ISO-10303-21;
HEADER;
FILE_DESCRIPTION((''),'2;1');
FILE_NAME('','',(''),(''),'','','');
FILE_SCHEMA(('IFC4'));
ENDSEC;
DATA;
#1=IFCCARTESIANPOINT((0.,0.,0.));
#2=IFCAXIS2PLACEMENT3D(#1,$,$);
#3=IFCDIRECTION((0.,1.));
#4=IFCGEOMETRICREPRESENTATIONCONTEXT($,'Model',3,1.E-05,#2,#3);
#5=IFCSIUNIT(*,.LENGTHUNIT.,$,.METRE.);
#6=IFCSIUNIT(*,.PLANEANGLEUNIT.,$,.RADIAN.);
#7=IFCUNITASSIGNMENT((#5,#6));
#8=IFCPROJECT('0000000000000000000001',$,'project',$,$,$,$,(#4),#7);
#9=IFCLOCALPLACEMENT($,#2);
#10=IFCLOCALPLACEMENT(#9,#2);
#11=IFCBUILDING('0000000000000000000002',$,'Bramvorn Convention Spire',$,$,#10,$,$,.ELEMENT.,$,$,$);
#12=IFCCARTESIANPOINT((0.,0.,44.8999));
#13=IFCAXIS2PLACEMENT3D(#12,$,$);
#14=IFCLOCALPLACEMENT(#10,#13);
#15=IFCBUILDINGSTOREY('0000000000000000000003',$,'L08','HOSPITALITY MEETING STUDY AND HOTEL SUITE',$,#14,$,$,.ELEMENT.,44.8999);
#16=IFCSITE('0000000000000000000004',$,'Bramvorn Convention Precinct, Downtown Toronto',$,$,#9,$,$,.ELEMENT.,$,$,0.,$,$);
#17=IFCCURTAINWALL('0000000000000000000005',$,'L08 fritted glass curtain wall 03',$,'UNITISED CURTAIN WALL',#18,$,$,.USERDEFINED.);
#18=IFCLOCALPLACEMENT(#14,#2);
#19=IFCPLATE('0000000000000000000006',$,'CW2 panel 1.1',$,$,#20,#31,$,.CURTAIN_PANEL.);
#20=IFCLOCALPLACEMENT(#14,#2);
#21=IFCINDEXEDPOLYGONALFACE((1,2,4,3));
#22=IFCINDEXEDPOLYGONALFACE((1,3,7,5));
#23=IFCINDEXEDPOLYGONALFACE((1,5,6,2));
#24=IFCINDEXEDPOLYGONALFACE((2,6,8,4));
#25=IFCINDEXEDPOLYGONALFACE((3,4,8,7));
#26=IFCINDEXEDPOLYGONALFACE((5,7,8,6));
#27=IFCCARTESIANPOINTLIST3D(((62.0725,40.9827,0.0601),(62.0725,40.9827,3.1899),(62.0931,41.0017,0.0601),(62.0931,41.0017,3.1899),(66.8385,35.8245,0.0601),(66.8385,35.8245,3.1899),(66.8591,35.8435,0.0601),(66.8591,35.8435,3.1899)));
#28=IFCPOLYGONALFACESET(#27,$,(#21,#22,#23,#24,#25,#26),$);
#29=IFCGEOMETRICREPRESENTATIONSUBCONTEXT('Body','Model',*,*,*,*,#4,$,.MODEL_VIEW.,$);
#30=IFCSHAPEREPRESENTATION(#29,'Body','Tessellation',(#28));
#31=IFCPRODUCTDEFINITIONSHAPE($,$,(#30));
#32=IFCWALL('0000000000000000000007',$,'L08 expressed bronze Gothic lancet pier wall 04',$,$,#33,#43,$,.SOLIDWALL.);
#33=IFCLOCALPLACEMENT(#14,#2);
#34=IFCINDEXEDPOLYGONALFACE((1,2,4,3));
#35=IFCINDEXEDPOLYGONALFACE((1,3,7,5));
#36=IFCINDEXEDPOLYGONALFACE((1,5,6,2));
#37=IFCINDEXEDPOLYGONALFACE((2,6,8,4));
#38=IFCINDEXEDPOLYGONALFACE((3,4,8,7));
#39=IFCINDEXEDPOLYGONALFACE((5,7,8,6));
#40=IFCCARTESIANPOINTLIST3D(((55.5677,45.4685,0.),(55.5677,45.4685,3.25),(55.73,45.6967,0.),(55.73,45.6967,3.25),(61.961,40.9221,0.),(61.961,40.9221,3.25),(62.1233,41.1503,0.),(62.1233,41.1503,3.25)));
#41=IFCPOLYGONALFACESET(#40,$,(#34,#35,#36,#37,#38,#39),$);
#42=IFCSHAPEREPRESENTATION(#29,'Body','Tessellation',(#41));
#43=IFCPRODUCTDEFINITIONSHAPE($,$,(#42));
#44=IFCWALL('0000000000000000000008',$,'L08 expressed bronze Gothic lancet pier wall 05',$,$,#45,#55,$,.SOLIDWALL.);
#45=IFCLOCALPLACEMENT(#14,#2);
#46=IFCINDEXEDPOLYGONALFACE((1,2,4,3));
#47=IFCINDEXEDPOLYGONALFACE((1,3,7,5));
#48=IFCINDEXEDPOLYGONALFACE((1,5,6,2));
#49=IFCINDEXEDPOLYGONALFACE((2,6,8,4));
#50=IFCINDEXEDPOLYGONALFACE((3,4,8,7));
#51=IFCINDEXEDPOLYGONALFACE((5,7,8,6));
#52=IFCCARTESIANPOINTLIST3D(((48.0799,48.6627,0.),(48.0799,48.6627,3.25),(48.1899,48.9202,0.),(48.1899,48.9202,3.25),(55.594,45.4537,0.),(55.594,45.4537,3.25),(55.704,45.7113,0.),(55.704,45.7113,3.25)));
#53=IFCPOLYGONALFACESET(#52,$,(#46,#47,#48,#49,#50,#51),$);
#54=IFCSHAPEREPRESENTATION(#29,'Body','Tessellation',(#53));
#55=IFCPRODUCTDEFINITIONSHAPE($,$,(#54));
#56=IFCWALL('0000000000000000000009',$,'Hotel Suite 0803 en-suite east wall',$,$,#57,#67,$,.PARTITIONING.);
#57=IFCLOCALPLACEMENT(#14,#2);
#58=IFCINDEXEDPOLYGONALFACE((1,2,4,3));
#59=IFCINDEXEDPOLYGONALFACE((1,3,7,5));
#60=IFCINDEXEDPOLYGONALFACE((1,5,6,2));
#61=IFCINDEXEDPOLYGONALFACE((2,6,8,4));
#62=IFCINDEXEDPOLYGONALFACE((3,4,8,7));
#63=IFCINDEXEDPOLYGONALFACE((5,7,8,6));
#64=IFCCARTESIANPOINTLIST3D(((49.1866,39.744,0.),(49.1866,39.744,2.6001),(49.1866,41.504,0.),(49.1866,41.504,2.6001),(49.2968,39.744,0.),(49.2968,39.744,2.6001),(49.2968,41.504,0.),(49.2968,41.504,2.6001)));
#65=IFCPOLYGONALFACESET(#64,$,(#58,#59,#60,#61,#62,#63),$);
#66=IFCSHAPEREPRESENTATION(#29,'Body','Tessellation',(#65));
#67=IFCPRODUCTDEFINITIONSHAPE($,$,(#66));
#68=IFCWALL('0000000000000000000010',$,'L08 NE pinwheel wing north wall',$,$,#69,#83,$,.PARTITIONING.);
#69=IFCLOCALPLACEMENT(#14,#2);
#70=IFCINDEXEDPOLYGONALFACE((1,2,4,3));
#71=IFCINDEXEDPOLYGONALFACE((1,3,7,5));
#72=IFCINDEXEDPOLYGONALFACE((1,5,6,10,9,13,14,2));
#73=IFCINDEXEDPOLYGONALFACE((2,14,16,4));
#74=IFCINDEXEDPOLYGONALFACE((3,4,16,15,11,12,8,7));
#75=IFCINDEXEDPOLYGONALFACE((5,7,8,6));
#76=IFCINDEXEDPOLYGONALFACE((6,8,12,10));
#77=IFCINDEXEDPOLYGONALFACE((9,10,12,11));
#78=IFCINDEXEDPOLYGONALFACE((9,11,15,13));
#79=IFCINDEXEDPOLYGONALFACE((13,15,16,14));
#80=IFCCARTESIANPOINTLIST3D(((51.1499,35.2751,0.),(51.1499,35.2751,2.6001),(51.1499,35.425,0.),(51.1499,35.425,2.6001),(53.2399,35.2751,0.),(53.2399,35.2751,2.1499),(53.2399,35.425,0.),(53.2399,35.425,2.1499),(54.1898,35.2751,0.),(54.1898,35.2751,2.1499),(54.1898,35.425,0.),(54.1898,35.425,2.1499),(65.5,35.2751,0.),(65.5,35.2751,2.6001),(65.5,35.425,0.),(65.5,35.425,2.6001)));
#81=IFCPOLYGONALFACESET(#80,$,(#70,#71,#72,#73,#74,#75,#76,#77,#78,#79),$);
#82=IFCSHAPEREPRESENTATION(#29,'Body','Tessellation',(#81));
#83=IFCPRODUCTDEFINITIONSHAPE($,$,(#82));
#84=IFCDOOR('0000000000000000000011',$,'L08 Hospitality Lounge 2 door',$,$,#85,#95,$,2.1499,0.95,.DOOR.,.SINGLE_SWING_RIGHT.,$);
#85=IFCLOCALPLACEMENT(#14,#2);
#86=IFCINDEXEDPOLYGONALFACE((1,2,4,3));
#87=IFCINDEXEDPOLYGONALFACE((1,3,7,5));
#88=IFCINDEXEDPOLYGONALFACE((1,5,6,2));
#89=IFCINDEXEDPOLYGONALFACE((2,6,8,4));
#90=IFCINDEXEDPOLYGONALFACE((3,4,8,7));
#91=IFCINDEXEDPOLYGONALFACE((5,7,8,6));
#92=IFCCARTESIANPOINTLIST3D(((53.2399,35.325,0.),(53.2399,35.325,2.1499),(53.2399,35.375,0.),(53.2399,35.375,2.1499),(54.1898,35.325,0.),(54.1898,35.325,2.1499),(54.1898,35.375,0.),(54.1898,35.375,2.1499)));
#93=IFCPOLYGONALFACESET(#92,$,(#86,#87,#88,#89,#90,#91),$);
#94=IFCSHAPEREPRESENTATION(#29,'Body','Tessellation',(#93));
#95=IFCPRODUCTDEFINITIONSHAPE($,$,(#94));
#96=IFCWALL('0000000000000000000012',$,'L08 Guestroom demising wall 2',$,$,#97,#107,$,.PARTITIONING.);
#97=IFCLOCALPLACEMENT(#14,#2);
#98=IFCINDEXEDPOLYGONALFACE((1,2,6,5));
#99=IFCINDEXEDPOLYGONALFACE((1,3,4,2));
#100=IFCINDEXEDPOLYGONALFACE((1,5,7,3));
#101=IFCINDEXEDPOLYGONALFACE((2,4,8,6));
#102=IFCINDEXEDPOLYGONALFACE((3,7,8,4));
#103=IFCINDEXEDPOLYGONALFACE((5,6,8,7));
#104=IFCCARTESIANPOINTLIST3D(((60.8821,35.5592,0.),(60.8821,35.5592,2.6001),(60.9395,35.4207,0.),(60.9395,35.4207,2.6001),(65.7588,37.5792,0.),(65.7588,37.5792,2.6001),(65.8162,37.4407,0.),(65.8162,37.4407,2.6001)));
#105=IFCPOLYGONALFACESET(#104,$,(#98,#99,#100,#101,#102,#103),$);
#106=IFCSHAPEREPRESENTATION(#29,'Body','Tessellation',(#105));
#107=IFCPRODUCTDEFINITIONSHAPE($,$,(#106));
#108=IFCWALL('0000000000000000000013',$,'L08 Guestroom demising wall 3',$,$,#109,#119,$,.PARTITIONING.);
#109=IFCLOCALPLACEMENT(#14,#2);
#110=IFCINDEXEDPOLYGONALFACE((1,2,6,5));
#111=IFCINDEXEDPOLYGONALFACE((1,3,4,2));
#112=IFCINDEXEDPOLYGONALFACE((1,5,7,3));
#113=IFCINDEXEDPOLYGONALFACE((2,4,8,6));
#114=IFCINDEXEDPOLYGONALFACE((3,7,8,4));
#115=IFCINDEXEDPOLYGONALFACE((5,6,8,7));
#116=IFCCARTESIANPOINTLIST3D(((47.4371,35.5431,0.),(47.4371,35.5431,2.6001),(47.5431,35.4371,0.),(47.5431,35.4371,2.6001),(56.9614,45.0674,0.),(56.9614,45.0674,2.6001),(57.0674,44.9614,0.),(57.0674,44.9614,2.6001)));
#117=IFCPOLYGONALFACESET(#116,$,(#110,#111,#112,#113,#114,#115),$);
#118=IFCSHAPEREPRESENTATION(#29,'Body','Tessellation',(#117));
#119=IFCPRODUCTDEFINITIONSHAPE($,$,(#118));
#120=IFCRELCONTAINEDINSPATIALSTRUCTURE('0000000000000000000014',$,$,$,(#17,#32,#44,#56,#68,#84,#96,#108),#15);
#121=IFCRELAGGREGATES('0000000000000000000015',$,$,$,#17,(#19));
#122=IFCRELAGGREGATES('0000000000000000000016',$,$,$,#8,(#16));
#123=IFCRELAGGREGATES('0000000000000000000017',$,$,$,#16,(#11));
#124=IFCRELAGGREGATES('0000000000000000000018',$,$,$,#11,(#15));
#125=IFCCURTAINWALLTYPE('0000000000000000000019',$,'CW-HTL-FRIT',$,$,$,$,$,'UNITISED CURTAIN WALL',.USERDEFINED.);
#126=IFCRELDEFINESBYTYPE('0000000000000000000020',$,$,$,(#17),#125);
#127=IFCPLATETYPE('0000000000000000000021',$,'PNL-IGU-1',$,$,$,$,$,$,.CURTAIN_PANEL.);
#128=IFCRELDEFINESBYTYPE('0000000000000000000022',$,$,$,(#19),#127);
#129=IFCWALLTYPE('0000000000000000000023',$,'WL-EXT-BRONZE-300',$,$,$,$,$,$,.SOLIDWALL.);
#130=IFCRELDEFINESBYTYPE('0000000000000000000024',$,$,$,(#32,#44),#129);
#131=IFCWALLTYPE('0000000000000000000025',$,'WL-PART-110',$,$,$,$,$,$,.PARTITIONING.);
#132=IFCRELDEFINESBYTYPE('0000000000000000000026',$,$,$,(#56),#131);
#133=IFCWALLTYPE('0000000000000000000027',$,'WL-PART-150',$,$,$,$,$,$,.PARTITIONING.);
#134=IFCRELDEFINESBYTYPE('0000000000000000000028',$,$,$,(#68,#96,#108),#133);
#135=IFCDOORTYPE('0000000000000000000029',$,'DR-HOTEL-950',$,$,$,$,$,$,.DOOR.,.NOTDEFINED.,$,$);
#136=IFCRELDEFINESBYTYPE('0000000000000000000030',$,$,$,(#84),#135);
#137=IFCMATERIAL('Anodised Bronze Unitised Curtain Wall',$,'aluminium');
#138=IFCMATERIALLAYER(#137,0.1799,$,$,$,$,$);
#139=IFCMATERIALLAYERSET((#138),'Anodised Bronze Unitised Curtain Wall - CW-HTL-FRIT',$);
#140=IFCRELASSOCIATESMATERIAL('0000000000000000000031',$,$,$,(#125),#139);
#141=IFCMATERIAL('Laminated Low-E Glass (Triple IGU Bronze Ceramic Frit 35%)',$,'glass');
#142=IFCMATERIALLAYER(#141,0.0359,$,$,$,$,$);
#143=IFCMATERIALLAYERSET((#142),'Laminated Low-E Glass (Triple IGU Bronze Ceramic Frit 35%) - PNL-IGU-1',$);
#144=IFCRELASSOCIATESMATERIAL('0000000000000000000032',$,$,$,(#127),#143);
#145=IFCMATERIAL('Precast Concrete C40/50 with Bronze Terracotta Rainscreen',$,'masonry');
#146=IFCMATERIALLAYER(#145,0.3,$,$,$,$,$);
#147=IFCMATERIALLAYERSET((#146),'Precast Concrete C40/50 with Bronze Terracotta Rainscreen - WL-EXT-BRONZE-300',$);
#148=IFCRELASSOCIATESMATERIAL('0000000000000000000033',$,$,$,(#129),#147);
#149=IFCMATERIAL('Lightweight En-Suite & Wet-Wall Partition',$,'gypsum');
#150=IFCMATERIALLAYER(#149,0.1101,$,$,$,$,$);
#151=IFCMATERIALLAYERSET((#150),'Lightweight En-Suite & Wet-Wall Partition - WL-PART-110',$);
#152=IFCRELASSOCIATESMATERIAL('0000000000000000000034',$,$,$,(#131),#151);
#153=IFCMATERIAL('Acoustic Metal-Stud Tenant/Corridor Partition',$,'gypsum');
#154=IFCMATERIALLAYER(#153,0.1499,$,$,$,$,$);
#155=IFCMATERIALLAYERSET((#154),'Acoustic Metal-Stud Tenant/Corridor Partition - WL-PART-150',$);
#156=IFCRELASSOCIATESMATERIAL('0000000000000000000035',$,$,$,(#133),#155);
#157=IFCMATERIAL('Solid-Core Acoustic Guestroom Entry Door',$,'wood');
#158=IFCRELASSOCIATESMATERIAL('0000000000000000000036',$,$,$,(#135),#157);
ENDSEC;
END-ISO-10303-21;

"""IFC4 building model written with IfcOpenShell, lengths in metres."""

from ifc_helpers import new_model, si_unit, direction, frame, frame_2d, origin, origin_2d, place, context, subcontext, project, spatial, rectangle, extrude, material, layer, layer_set, type_object, element, fill, aggregate, save


model = new_model("IFC4")

# Units and contexts
model_context = context("Model", 3, precision=1e-05, world=origin(), true_north=direction((0.0, 1.0)))
body_context = subcontext(model_context, "Body", "Model", "MODEL_VIEW")
ifc_project = project(units=[si_unit("LENGTHUNIT", "METRE"), si_unit("PLANEANGLEUNIT", "RADIAN")], contexts=[model_context])

# Site, building, storey
site_placement = place(None, origin())
site = spatial("IfcSite", under=ifc_project, at=site_placement, Name="Bramvorn Convention Precinct, Downtown Toronto", CompositionType="ELEMENT", RefElevation=0.0)
building_placement = place(site_placement, origin())
building = spatial("IfcBuilding", under=site, at=building_placement, Name="Bramvorn Convention Spire", CompositionType="ELEMENT")
storey_placement = place(building_placement, frame((0.0, 0.0, 44.8999)))
storey = spatial("IfcBuildingStorey", under=building, at=storey_placement, Name="L08", Description="HOSPITALITY MEETING STUDY AND HOTEL SUITE", CompositionType="ELEMENT", Elevation=44.8999)

# Shared definitions
ifc_material_1 = material(Name="Anodised Bronze Unitised Curtain Wall", Category="aluminium")
ifc_layer_1 = layer(ifc_material_1, 0.1799)
ifc_layer_set_1 = layer_set([ifc_layer_1], Name="Anodised Bronze Unitised Curtain Wall - CW-HTL-FRIT")
curtain_wall_type = type_object("IfcCurtainWallType", Name="CW-HTL-FRIT", ElementType="UNITISED CURTAIN WALL", PredefinedType="USERDEFINED", material=ifc_layer_set_1)

# Curtain wall
curtain_wall_1_placement = place(storey_placement, origin())
curtain_wall_1 = element("IfcCurtainWall", 1, at=curtain_wall_1_placement, inside=storey, type_object=curtain_wall_type, Name="L08 fritted glass curtain wall 03", ObjectType="UNITISED CURTAIN WALL", PredefinedType="USERDEFINED")

# Plate
ifc_material_2 = material(Name="Laminated Low-E Glass (Triple IGU Bronze Ceramic Frit 35%)", Category="glass")
ifc_layer_2 = layer(ifc_material_2, 0.0359)
ifc_layer_set_2 = layer_set([ifc_layer_2], Name="Laminated Low-E Glass (Triple IGU Bronze Ceramic Frit 35%) - PNL-IGU-1")
plate_type = type_object("IfcPlateType", Name="PNL-IGU-1", PredefinedType="CURTAIN_PANEL", material=ifc_layer_set_2)
plate_placement = place(storey_placement, frame((64.4658, 38.4131, 0.0601), z_axis=(0.0, 0.0, 1.0), x_axis=(0.678632, -0.734478, 0.0)))
plate = element("IfcPlate", 2, at=plate_placement, type_object=plate_type, Name="CW2 panel 1.1", PredefinedType="CURTAIN_PANEL", context=body_context, shape_type="SweptSolid", body=[
    extrude(rectangle(XDim=7.0229, YDim=0.0281, at=origin_2d()), origin(), (0.0, 0.0, 1.0), 3.1299),
])
aggregate(curtain_wall_1, [plate])

# Walls
ifc_material_3 = material(Name="Precast Concrete C40/50 with Bronze Terracotta Rainscreen", Category="masonry")
ifc_layer_3 = layer(ifc_material_3, 0.3)
ifc_layer_set_3 = layer_set([ifc_layer_3], Name="Precast Concrete C40/50 with Bronze Terracotta Rainscreen - WL-EXT-BRONZE-300")
wall_type_1 = type_object("IfcWallType", Name="WL-EXT-BRONZE-300", PredefinedType="SOLIDWALL", material=ifc_layer_set_3)
wall_1_placement = place(storey_placement, frame((55.6489, 45.5825, 0.0), z_axis=(0.0, 0.0, 1.0), x_axis=(0.814953, -0.579527, 0.0)))
element("IfcWall", 3, at=wall_1_placement, inside=storey, type_object=wall_type_1, Name="L08 expressed bronze Gothic lancet pier wall 04", PredefinedType="SOLIDWALL", context=body_context, shape_type="SweptSolid", body=[
    extrude(rectangle(XDim=7.845, YDim=0.28, at=frame_2d((3.9224, 0.0))), origin(), (0.0, 0.0, 1.0), 3.25),
])
wall_2_placement = place(storey_placement, frame((48.1348, 48.7915, 0.0), z_axis=(0.0, 0.0, 1.0), x_axis=(0.919648, -0.392743, 0.0)))
element("IfcWall", 4, at=wall_2_placement, inside=storey, type_object=wall_type_1, Name="L08 expressed bronze Gothic lancet pier wall 05", PredefinedType="SOLIDWALL", context=body_context, shape_type="SweptSolid", body=[
    extrude(rectangle(XDim=8.1707, YDim=0.28, at=frame_2d((4.0854, 0.0))), origin(), (0.0, 0.0, 1.0), 3.25),
])
ifc_material_4 = material(Name="Lightweight En-Suite & Wet-Wall Partition", Category="gypsum")
ifc_layer_4 = layer(ifc_material_4, 0.1101)
ifc_layer_set_4 = layer_set([ifc_layer_4], Name="Lightweight En-Suite & Wet-Wall Partition - WL-PART-110")
wall_type_2 = type_object("IfcWallType", Name="WL-PART-110", PredefinedType="PARTITIONING", material=ifc_layer_set_4)
wall_3_placement = place(storey_placement, frame((49.2417, 39.7441, 0.0), z_axis=(0.0, 0.0, 1.0), x_axis=(0.0, 1.0, 0.0)))
element("IfcWall", 5, at=wall_3_placement, inside=storey, type_object=wall_type_2, Name="Hotel Suite 0803 en-suite east wall", PredefinedType="PARTITIONING", context=body_context, shape_type="SweptSolid", body=[
    extrude(rectangle(XDim=1.76, YDim=0.1101, at=frame_2d((0.8799, 0.0))), origin(), (0.0, 0.0, 1.0), 2.6001),
])

# Wall, opening, door
ifc_material_5 = material(Name="Acoustic Metal-Stud Tenant/Corridor Partition", Category="gypsum")
ifc_layer_5 = layer(ifc_material_5, 0.1499)
ifc_layer_set_5 = layer_set([ifc_layer_5], Name="Acoustic Metal-Stud Tenant/Corridor Partition - WL-PART-150")
wall_type_3 = type_object("IfcWallType", Name="WL-PART-150", PredefinedType="PARTITIONING", material=ifc_layer_set_5)
wall_4_placement = place(storey_placement, frame((51.1499, 35.3501, 0.0), z_axis=(0.0, 0.0, 1.0), x_axis=(1.0, 0.0, 0.0)))
wall_4 = element("IfcWall", 6, at=wall_4_placement, inside=storey, type_object=wall_type_3, Name="L08 NE pinwheel wing north wall", PredefinedType="PARTITIONING", context=body_context, shape_type="SweptSolid", body=[
    extrude(rectangle(XDim=14.3501, YDim=0.1499, at=frame_2d((7.175, 0.0))), origin(), (0.0, 0.0, 1.0), 2.6001),
])
opening_placement = place(wall_4_placement, frame((2.0898, 0.0, 0.0)))
opening = element("IfcOpeningElement", 7, at=opening_placement, cuts=wall_4, PredefinedType="OPENING", context=body_context, shape_type="SweptSolid", body=[
    extrude(rectangle(XDim=0.95, YDim=2.1499, at=frame_2d((0.4751, 1.075))), frame((0.0, 0.085, 0.0), z_axis=(0.0, -1.0, 0.0), x_axis=(1.0, 0.0, 0.0)), (0.0, 0.0, 1.0), 0.1699),
])
ifc_material_6 = material(Name="Solid-Core Acoustic Guestroom Entry Door", Category="wood")
door_type = type_object("IfcDoorType", Name="DR-HOTEL-950", OperationType="NOTDEFINED", PredefinedType="DOOR", material=ifc_material_6)
door_placement = place(opening_placement, origin())
door = element("IfcDoor", 8, at=door_placement, inside=storey, type_object=door_type, Name="L08 Hospitality Lounge 2 door", OperationType="SINGLE_SWING_RIGHT", OverallHeight=2.1499, OverallWidth=0.95, PredefinedType="DOOR", context=body_context, shape_type="SweptSolid", body=[
    extrude(rectangle(XDim=0.95, YDim=2.1499, at=frame_2d((0.4751, 1.075))), frame((0.0, 0.0249, 0.0), z_axis=(0.0, -1.0, 0.0), x_axis=(1.0, 0.0, 0.0)), (0.0, 0.0, 1.0), 0.05),
])
fill(opening, door)

# Walls
wall_5_placement = place(storey_placement, frame((60.9109, 35.49, 0.0), z_axis=(0.0, 0.0, 1.0), x_axis=(0.923878, 0.382687, 0.0)))
element("IfcWall", 9, at=wall_5_placement, inside=storey, type_object=wall_type_3, Name="L08 Guestroom demising wall 2", PredefinedType="PARTITIONING", context=body_context, shape_type="SweptSolid", body=[
    extrude(rectangle(XDim=5.2786, YDim=0.1499, at=frame_2d((2.6392, 0.0))), origin(), (0.0, 0.0, 1.0), 2.6001),
])
wall_6_placement = place(storey_placement, frame((47.49, 35.49, 0.0), z_axis=(0.0, 0.0, 1.0), x_axis=(0.707107, 0.707107, 0.0)))
element("IfcWall", 10, at=wall_6_placement, inside=storey, type_object=wall_type_3, Name="L08 Guestroom demising wall 3", PredefinedType="PARTITIONING", context=body_context, shape_type="SweptSolid", body=[
    extrude(rectangle(XDim=13.4695, YDim=0.1499, at=frame_2d((6.7349, 0.0))), origin(), (0.0, 0.0, 1.0), 2.6001),
])

save(model, "model.ifc")
